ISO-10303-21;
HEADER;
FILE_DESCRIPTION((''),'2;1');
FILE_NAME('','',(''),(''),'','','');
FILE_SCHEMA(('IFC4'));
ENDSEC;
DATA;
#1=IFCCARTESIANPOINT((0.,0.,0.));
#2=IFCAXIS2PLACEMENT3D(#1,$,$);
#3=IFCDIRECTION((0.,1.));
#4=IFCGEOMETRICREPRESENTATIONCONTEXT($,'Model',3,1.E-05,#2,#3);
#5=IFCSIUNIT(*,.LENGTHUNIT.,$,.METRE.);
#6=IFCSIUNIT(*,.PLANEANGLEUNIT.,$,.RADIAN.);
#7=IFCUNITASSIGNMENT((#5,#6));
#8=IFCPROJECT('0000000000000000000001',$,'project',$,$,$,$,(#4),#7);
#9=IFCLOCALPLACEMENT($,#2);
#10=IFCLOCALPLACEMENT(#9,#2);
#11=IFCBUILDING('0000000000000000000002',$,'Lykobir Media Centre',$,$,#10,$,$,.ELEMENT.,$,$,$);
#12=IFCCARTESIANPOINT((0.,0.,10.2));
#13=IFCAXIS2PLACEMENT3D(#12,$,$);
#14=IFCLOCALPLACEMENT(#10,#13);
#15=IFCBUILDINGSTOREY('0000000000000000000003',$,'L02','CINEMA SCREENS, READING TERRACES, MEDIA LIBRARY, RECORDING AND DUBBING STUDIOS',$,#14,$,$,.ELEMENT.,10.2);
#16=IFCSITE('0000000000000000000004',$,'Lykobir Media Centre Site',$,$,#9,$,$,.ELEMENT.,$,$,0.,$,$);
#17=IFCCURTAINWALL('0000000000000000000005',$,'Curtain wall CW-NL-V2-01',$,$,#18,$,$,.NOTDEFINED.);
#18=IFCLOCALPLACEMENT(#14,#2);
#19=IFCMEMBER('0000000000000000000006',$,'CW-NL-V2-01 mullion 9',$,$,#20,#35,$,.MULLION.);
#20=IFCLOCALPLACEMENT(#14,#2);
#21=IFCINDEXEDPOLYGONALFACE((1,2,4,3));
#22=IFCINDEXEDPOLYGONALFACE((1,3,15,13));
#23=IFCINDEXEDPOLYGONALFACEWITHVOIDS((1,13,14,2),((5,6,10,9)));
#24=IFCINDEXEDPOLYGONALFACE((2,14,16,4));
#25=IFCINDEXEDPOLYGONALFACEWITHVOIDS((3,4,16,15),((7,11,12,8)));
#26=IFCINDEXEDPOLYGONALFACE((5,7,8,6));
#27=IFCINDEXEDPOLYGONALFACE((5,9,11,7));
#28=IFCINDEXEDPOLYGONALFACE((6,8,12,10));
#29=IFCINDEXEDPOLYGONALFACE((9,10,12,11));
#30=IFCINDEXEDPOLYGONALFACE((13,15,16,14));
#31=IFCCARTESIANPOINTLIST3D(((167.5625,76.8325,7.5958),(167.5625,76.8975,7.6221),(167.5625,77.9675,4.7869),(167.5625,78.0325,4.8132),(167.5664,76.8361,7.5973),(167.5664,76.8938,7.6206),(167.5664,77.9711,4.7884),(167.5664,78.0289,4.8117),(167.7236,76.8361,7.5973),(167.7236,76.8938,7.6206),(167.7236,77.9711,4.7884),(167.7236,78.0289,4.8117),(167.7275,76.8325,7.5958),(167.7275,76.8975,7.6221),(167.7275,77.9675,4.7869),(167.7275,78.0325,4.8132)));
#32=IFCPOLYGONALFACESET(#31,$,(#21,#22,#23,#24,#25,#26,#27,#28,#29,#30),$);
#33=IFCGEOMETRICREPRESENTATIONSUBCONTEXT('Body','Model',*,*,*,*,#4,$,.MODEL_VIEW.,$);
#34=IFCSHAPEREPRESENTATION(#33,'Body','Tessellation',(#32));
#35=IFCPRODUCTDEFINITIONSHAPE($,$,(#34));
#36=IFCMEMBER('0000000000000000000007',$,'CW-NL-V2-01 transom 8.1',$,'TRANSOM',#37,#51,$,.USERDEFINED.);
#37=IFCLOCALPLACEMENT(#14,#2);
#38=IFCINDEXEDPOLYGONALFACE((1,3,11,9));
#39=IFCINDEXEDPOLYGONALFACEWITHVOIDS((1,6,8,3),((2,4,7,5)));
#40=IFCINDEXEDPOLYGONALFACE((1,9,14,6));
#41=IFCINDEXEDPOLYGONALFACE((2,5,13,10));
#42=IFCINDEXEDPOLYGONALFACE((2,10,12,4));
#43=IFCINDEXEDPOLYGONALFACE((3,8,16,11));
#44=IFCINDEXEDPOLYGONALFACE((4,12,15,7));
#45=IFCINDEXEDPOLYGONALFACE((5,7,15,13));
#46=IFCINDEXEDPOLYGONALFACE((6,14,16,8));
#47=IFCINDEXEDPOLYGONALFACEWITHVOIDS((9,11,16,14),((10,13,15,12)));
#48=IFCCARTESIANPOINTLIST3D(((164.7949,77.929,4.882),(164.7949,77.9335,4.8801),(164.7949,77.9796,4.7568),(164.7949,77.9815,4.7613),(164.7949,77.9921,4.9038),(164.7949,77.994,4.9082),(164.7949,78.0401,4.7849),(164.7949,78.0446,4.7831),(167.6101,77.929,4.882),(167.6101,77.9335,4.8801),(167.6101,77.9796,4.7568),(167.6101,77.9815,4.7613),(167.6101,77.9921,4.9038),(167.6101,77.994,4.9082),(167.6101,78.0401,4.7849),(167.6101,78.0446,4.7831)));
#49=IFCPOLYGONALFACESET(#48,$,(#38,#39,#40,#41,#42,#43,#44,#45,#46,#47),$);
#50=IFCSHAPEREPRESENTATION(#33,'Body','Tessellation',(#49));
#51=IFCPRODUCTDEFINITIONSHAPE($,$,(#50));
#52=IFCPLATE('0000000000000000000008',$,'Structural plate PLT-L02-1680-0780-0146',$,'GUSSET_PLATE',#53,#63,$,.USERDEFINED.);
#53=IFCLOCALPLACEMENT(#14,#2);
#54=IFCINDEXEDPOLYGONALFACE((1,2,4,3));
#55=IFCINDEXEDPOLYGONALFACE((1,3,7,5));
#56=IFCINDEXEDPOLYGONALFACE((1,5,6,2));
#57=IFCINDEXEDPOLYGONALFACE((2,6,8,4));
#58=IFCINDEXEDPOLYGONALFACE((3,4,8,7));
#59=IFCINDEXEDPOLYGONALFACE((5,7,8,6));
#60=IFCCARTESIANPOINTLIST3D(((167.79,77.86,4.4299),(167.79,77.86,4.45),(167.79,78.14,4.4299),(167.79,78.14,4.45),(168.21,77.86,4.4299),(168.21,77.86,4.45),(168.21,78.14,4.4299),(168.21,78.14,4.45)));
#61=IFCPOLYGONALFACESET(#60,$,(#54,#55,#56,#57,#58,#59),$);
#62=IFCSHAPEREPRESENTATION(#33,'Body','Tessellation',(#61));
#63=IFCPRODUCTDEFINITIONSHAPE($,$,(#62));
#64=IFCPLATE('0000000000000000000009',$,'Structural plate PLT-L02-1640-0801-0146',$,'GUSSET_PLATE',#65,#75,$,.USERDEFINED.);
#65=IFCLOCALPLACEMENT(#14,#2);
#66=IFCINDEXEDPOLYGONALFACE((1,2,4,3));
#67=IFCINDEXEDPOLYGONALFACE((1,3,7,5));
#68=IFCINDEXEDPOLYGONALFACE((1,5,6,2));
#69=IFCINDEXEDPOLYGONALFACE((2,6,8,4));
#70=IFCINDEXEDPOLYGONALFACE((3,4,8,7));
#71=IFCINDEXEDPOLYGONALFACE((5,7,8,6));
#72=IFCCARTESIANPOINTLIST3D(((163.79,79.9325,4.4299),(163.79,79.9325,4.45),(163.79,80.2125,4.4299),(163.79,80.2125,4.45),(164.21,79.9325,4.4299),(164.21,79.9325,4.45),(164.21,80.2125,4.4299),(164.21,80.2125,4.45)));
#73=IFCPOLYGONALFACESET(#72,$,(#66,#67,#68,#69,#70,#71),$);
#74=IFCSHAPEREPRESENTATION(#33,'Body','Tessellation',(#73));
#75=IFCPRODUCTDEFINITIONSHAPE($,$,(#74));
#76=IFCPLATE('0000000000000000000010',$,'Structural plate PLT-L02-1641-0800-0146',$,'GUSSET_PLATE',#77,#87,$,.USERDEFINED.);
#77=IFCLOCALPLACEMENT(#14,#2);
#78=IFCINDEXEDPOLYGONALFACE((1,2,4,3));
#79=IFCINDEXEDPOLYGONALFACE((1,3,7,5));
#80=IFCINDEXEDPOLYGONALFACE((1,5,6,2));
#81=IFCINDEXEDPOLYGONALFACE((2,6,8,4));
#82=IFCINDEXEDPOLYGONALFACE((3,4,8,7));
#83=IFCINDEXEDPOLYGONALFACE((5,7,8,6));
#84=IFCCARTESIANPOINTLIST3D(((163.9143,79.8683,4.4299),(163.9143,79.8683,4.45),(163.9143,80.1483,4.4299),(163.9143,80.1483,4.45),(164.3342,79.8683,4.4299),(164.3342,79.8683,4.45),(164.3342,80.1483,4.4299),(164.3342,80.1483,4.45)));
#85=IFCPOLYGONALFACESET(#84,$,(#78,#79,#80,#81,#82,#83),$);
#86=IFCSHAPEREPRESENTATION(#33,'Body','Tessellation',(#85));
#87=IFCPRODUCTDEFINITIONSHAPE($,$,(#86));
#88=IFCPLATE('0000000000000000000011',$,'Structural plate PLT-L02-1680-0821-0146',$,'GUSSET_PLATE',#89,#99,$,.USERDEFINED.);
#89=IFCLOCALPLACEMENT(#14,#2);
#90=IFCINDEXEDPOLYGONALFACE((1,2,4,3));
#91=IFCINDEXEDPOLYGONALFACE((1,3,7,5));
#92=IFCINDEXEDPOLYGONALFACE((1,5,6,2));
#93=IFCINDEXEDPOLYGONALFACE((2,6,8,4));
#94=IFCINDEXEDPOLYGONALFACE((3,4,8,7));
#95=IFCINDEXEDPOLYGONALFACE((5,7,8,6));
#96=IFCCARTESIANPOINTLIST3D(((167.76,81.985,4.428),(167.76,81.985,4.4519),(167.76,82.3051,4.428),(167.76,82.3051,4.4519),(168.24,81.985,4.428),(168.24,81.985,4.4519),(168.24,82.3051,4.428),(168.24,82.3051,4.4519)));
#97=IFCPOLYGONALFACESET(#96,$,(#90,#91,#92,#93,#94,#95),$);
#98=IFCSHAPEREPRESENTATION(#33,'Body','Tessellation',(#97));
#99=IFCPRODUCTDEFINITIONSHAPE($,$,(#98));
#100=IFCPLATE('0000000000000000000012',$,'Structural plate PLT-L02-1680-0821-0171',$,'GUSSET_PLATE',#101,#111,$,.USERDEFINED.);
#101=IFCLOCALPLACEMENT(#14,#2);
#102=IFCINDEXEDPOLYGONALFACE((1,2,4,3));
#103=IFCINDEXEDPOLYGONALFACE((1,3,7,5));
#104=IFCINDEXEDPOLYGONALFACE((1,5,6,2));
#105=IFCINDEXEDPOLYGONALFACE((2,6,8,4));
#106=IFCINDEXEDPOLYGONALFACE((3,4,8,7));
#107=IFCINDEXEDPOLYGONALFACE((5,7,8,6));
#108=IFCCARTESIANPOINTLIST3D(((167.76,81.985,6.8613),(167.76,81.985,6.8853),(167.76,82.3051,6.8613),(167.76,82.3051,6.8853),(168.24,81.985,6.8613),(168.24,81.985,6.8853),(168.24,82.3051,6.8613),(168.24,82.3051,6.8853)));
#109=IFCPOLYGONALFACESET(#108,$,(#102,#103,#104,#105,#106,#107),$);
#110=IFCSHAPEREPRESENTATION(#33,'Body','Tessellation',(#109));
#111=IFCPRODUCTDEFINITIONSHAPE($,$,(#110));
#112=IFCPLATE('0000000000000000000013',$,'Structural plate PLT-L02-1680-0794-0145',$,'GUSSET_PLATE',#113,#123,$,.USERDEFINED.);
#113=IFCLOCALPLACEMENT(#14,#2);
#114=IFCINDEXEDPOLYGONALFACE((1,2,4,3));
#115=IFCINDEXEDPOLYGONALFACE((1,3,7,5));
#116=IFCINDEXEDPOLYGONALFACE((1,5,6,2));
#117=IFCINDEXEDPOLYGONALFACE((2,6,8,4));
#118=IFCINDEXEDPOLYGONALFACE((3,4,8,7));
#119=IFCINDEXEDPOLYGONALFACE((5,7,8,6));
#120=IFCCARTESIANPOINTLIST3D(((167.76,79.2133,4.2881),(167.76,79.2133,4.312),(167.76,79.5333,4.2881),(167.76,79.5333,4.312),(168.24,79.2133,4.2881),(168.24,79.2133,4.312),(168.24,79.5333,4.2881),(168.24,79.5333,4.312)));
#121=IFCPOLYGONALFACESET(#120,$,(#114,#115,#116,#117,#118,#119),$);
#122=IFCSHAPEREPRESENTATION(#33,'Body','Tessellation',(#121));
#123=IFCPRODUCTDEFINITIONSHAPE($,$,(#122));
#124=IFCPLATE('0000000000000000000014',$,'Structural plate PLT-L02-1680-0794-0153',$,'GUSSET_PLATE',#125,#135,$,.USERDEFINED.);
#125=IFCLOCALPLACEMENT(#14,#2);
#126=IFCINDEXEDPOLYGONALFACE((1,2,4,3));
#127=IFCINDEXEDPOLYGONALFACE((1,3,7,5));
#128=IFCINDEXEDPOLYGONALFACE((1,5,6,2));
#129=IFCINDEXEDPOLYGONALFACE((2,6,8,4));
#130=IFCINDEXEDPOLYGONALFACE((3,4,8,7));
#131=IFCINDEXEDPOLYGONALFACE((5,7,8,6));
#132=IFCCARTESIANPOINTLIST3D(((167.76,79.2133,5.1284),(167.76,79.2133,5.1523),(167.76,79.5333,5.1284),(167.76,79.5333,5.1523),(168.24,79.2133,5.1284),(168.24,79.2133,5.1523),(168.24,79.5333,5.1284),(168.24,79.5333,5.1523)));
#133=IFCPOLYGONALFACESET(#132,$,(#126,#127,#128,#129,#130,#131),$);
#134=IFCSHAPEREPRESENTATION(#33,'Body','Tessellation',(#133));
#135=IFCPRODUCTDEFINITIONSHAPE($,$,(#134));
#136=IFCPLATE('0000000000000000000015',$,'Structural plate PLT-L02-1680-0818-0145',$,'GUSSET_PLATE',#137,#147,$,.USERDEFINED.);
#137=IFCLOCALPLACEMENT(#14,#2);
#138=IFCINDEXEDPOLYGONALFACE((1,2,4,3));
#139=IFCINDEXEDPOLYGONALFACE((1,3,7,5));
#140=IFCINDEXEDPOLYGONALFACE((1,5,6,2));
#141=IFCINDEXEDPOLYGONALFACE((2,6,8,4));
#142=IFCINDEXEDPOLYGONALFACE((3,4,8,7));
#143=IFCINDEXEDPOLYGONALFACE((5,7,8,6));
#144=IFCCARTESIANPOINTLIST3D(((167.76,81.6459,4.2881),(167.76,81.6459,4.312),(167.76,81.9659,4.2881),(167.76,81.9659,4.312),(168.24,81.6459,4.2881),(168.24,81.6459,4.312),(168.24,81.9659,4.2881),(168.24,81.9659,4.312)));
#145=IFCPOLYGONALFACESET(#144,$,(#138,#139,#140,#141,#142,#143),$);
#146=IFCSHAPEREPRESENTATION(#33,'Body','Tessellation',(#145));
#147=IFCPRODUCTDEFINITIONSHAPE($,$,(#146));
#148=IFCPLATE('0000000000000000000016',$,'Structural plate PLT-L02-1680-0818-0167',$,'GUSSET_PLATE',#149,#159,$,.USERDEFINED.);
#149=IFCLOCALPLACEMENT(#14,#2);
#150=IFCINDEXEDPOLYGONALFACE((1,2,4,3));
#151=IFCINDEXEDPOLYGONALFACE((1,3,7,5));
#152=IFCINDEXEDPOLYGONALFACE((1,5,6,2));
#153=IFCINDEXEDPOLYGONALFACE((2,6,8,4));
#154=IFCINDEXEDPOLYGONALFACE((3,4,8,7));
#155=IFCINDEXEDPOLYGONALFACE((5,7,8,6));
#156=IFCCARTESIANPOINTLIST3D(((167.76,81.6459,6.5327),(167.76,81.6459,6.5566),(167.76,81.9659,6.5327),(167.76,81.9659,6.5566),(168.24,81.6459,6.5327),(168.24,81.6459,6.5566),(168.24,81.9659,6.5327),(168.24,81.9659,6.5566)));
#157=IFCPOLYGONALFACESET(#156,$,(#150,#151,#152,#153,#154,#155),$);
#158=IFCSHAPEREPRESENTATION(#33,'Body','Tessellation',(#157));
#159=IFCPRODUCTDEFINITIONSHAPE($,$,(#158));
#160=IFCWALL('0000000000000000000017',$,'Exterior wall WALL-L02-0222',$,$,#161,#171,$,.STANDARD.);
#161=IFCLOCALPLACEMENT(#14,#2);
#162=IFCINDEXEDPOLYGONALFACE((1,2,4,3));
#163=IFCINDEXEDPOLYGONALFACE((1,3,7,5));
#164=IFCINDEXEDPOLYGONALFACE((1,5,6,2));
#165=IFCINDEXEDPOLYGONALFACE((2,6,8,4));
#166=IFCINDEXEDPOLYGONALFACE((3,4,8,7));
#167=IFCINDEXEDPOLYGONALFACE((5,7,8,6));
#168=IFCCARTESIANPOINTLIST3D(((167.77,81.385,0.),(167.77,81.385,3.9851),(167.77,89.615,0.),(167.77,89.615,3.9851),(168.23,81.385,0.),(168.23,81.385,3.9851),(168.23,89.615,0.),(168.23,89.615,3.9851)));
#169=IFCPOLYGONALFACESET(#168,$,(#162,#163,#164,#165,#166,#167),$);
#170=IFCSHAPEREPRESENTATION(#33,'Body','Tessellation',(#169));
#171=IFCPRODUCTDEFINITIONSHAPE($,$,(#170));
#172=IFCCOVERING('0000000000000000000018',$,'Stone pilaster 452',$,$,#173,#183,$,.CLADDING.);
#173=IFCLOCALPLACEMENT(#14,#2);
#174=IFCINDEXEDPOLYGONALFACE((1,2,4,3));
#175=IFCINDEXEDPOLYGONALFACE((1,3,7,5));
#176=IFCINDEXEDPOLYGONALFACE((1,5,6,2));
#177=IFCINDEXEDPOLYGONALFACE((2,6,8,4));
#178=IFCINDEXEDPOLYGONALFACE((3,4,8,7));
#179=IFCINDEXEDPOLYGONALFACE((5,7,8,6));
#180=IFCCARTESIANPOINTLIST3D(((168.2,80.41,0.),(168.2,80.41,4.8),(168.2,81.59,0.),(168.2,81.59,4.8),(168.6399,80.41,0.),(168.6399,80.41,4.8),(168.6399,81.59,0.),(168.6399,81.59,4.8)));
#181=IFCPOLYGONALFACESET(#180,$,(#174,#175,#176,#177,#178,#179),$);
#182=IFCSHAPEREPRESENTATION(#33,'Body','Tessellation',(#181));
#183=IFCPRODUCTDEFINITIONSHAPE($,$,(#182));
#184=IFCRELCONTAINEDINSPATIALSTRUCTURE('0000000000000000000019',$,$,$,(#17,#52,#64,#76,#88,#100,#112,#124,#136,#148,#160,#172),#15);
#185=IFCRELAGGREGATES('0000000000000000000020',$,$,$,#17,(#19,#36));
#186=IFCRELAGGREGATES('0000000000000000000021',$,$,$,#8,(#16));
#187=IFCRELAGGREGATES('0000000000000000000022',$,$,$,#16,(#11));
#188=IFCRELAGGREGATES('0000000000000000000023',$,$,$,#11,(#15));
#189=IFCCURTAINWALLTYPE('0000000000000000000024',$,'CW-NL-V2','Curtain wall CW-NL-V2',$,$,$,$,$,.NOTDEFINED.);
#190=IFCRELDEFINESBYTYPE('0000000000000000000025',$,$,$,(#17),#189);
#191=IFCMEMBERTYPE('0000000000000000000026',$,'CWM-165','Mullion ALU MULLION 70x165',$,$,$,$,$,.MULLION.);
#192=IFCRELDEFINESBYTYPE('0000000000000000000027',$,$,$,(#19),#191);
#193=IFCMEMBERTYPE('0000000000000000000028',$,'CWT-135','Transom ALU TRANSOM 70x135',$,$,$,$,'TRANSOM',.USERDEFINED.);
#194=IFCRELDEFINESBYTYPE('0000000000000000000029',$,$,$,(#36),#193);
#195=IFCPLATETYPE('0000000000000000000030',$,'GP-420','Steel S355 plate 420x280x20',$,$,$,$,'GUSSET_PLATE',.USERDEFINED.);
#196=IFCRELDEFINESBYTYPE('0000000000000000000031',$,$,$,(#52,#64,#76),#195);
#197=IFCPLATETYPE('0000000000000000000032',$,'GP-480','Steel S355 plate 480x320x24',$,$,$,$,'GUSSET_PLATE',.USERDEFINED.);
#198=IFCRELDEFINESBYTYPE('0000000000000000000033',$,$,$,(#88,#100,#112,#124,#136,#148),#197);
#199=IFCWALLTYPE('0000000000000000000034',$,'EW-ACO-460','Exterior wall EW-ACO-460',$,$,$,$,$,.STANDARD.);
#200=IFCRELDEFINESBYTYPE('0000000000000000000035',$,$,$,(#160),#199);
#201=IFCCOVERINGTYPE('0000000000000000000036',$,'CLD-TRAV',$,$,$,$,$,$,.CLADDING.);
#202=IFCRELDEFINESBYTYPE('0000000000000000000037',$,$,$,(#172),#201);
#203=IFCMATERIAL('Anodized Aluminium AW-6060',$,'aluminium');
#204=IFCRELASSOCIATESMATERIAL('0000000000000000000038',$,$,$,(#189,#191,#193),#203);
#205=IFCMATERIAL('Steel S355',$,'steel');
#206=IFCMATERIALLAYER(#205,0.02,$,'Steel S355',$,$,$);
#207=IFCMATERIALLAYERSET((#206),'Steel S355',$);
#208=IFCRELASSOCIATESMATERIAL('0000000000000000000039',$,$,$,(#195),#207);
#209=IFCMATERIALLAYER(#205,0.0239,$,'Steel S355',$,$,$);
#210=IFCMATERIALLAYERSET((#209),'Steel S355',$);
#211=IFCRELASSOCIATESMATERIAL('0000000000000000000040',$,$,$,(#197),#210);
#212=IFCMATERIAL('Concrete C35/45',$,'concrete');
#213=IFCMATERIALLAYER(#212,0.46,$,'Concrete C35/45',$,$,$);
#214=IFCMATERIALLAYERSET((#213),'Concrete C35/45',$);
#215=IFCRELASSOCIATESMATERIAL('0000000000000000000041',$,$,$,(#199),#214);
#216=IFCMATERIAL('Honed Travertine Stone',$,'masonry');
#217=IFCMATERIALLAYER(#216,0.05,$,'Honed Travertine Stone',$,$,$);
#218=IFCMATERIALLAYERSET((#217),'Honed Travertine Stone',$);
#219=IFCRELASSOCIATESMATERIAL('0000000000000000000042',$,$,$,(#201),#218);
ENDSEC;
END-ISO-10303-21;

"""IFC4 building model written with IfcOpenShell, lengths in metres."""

from ifc_helpers import new_model, si_unit, direction, frame, frame_2d, origin, origin_2d, place, context, subcontext, project, spatial, rectangle, hollow_rectangle, extrude, material, layer, layer_set, material_profile, profile_set, type_object, element, aggregate, save


model = new_model("IFC4")

# Units and contexts
model_context = context("Model", 3, precision=1e-05, world=origin(), true_north=direction((0.0, 1.0)))
body_context = subcontext(model_context, "Body", "Model", "MODEL_VIEW")
ifc_project = project(units=[si_unit("LENGTHUNIT", "METRE"), si_unit("PLANEANGLEUNIT", "RADIAN")], contexts=[model_context])

# Site, building, storey
site_placement = place(None, origin())
site = spatial("IfcSite", under=ifc_project, at=site_placement, Name="Lykobir Media Centre Site", CompositionType="ELEMENT", RefElevation=0.0)
building_placement = place(site_placement, origin())
building = spatial("IfcBuilding", under=site, at=building_placement, Name="Lykobir Media Centre", CompositionType="ELEMENT")
storey_placement = place(building_placement, frame((0.0, 0.0, 10.2)))
storey = spatial("IfcBuildingStorey", under=building, at=storey_placement, Name="L02", Description="CINEMA SCREENS, READING TERRACES, MEDIA LIBRARY, RECORDING AND DUBBING STUDIOS", CompositionType="ELEMENT", Elevation=10.2)

# Shared definitions
ifc_material_1 = material(Name="Steel S355", Category="steel")

# Curtain wall, members
ifc_material_2 = material(Name="Anodized Aluminium AW-6060", Category="aluminium")
curtain_wall_type = type_object("IfcCurtainWallType", Name="CW-NL-V2", Description="Curtain wall CW-NL-V2", PredefinedType="NOTDEFINED", material=ifc_material_2)
curtain_wall_placement = place(storey_placement, origin())
curtain_wall = element("IfcCurtainWall", 1, at=curtain_wall_placement, inside=storey, type_object=curtain_wall_type, Name="Curtain wall CW-NL-V2-01", PredefinedType="NOTDEFINED")
ifc_material_profile_1 = material_profile(ifc_material_2, hollow_rectangle(XDim=0.0701, YDim=0.165, WallThickness=0.0039, at=origin_2d()), Name="ALU MULLION 70x165")
ifc_profile_set_1 = profile_set([ifc_material_profile_1], Name="Anodized Aluminium AW-6060")
member_type_1 = type_object("IfcMemberType", Name="CWM-165", Description="Mullion ALU MULLION 70x165", PredefinedType="MULLION", material=ifc_profile_set_1)
member_1_placement = place(storey_placement, frame((167.645, 78.0, 4.8), z_axis=(0.0, -0.374654, 0.927165), x_axis=(0.0, 0.927165, 0.374654)))
member_1 = element("IfcMember", 2, at=member_1_placement, type_object=member_type_1, Name="CW-NL-V2-01 mullion 9", PredefinedType="MULLION", context=body_context, shape_type="SweptSolid", body=[
    extrude(hollow_rectangle(XDim=0.0701, YDim=0.165, WallThickness=0.0039, at=origin_2d()), origin(), (0.0, 0.0, 1.0), 3.0295),
])
ifc_material_profile_2 = material_profile(ifc_material_2, hollow_rectangle(XDim=0.0701, YDim=0.135, WallThickness=0.0034, at=origin_2d()), Name="ALU TRANSOM 70x135")
ifc_profile_set_2 = profile_set([ifc_material_profile_2], Name="Anodized Aluminium AW-6060")
member_type_2 = type_object("IfcMemberType", Name="CWT-135", Description="Transom ALU TRANSOM 70x135", ElementType="TRANSOM", PredefinedType="USERDEFINED", material=ifc_profile_set_2)
member_2_placement = place(storey_placement, frame((164.7949, 77.9868, 4.8325), z_axis=(1.0, 0.0, 0.0), x_axis=(0.0, 0.927184, 0.374607)))
member_2 = element("IfcMember", 3, at=member_2_placement, type_object=member_type_2, Name="CW-NL-V2-01 transom 8.1", ObjectType="TRANSOM", PredefinedType="USERDEFINED", context=body_context, shape_type="SweptSolid", body=[
    extrude(hollow_rectangle(XDim=0.0701, YDim=0.135, WallThickness=0.0034, at=origin_2d()), origin(), (0.0, 0.0, 1.0), 2.8152),
])
aggregate(curtain_wall, [member_1, member_2])

# Plates
ifc_layer_1 = layer(ifc_material_1, 0.02, Name="Steel S355")
ifc_layer_set_1 = layer_set([ifc_layer_1], Name="Steel S355")
plate_type_1 = type_object("IfcPlateType", Name="GP-420", Description="Steel S355 plate 420x280x20", ElementType="GUSSET_PLATE", PredefinedType="USERDEFINED", material=ifc_layer_set_1)
for number, where, z_axis, x_axis, name in (
    (4, (168.0, 78.0, 4.4299), (0.0, 0.0, 1.0), (1.0, 0.0, 0.0), "Structural plate PLT-L02-1680-0780-0146"),
    (5, (164.0, 80.0725, 4.4299), (0.0, 0.0, 1.0), (1.0, 0.0, 0.0), "Structural plate PLT-L02-1640-0801-0146"),
    (6, (164.1243, 80.0083, 4.4299), (0.0, 0.0, 1.0), (1.0, 0.0, 0.0), "Structural plate PLT-L02-1641-0800-0146"),
):
    element("IfcPlate", number, at=place(storey_placement, frame(where, z_axis=z_axis, x_axis=x_axis)), inside=storey, type_object=plate_type_1, Name=name, ObjectType="GUSSET_PLATE", PredefinedType="USERDEFINED", context=body_context, shape_type="SweptSolid", body=[
        extrude(rectangle(XDim=0.4199, YDim=0.28, at=origin_2d()), origin(), (0.0, 0.0, 1.0), 0.02),
    ])
ifc_layer_2 = layer(ifc_material_1, 0.0239, Name="Steel S355")
ifc_layer_set_2 = layer_set([ifc_layer_2], Name="Steel S355")
plate_type_2 = type_object("IfcPlateType", Name="GP-480", Description="Steel S355 plate 480x320x24", ElementType="GUSSET_PLATE", PredefinedType="USERDEFINED", material=ifc_layer_set_2)
for number, where, z_axis, x_axis, name in (
    (7, (168.0, 82.145, 4.428), (0.0, 0.0, 1.0), (1.0, 0.0, 0.0), "Structural plate PLT-L02-1680-0821-0146"),
    (8, (168.0, 82.145, 6.8613), (0.0, 0.0, 1.0), (1.0, 0.0, 0.0), "Structural plate PLT-L02-1680-0821-0171"),
    (9, (168.0, 79.3733, 4.2881), (0.0, 0.0, 1.0), (1.0, 0.0, 0.0), "Structural plate PLT-L02-1680-0794-0145"),
    (10, (168.0, 79.3733, 5.1284), (0.0, 0.0, 1.0), (1.0, 0.0, 0.0), "Structural plate PLT-L02-1680-0794-0153"),
    (11, (168.0, 81.8059, 4.2881), (0.0, 0.0, 1.0), (1.0, 0.0, 0.0), "Structural plate PLT-L02-1680-0818-0145"),
    (12, (168.0, 81.8059, 6.5327), (0.0, 0.0, 1.0), (1.0, 0.0, 0.0), "Structural plate PLT-L02-1680-0818-0167"),
):
    element("IfcPlate", number, at=place(storey_placement, frame(where, z_axis=z_axis, x_axis=x_axis)), inside=storey, type_object=plate_type_2, Name=name, ObjectType="GUSSET_PLATE", PredefinedType="USERDEFINED", context=body_context, shape_type="SweptSolid", body=[
        extrude(rectangle(XDim=0.48, YDim=0.3201, at=origin_2d()), origin(), (0.0, 0.0, 1.0), 0.0239),
    ])

# Wall
ifc_material_3 = material(Name="Concrete C35/45", Category="concrete")
ifc_layer_3 = layer(ifc_material_3, 0.46, Name="Concrete C35/45")
ifc_layer_set_3 = layer_set([ifc_layer_3], Name="Concrete C35/45")
wall_type = type_object("IfcWallType", Name="EW-ACO-460", Description="Exterior wall EW-ACO-460", PredefinedType="STANDARD", material=ifc_layer_set_3)
wall_placement = place(storey_placement, frame((168.0, 81.385, 0.0), z_axis=(0.0, 0.0, 1.0), x_axis=(0.0, 1.0, 0.0)))
element("IfcWall", 13, at=wall_placement, inside=storey, type_object=wall_type, Name="Exterior wall WALL-L02-0222", PredefinedType="STANDARD", context=body_context, shape_type="SweptSolid", body=[
    extrude(rectangle(XDim=8.23, YDim=0.46, at=frame_2d((4.115, 0.0))), origin(), (0.0, 0.0, 1.0), 3.9851),
])

# Covering
ifc_material_4 = material(Name="Honed Travertine Stone", Category="masonry")
ifc_layer_4 = layer(ifc_material_4, 0.05, Name="Honed Travertine Stone")
ifc_layer_set_4 = layer_set([ifc_layer_4], Name="Honed Travertine Stone")
covering_type = type_object("IfcCoveringType", Name="CLD-TRAV", PredefinedType="CLADDING", material=ifc_layer_set_4)
covering_placement = place(storey_placement, frame((168.4199, 81.0, 0.0), z_axis=(0.0, 0.0, 1.0), x_axis=(0.0, 1.0, 0.0)))
element("IfcCovering", 14, at=covering_placement, inside=storey, type_object=covering_type, Name="Stone pilaster 452", PredefinedType="CLADDING", context=body_context, shape_type="SweptSolid", body=[
    extrude(rectangle(XDim=1.1799, YDim=0.4399, at=origin_2d()), origin(), (0.0, 0.0, 1.0), 4.8),
])

save(model, "model.ifc")
